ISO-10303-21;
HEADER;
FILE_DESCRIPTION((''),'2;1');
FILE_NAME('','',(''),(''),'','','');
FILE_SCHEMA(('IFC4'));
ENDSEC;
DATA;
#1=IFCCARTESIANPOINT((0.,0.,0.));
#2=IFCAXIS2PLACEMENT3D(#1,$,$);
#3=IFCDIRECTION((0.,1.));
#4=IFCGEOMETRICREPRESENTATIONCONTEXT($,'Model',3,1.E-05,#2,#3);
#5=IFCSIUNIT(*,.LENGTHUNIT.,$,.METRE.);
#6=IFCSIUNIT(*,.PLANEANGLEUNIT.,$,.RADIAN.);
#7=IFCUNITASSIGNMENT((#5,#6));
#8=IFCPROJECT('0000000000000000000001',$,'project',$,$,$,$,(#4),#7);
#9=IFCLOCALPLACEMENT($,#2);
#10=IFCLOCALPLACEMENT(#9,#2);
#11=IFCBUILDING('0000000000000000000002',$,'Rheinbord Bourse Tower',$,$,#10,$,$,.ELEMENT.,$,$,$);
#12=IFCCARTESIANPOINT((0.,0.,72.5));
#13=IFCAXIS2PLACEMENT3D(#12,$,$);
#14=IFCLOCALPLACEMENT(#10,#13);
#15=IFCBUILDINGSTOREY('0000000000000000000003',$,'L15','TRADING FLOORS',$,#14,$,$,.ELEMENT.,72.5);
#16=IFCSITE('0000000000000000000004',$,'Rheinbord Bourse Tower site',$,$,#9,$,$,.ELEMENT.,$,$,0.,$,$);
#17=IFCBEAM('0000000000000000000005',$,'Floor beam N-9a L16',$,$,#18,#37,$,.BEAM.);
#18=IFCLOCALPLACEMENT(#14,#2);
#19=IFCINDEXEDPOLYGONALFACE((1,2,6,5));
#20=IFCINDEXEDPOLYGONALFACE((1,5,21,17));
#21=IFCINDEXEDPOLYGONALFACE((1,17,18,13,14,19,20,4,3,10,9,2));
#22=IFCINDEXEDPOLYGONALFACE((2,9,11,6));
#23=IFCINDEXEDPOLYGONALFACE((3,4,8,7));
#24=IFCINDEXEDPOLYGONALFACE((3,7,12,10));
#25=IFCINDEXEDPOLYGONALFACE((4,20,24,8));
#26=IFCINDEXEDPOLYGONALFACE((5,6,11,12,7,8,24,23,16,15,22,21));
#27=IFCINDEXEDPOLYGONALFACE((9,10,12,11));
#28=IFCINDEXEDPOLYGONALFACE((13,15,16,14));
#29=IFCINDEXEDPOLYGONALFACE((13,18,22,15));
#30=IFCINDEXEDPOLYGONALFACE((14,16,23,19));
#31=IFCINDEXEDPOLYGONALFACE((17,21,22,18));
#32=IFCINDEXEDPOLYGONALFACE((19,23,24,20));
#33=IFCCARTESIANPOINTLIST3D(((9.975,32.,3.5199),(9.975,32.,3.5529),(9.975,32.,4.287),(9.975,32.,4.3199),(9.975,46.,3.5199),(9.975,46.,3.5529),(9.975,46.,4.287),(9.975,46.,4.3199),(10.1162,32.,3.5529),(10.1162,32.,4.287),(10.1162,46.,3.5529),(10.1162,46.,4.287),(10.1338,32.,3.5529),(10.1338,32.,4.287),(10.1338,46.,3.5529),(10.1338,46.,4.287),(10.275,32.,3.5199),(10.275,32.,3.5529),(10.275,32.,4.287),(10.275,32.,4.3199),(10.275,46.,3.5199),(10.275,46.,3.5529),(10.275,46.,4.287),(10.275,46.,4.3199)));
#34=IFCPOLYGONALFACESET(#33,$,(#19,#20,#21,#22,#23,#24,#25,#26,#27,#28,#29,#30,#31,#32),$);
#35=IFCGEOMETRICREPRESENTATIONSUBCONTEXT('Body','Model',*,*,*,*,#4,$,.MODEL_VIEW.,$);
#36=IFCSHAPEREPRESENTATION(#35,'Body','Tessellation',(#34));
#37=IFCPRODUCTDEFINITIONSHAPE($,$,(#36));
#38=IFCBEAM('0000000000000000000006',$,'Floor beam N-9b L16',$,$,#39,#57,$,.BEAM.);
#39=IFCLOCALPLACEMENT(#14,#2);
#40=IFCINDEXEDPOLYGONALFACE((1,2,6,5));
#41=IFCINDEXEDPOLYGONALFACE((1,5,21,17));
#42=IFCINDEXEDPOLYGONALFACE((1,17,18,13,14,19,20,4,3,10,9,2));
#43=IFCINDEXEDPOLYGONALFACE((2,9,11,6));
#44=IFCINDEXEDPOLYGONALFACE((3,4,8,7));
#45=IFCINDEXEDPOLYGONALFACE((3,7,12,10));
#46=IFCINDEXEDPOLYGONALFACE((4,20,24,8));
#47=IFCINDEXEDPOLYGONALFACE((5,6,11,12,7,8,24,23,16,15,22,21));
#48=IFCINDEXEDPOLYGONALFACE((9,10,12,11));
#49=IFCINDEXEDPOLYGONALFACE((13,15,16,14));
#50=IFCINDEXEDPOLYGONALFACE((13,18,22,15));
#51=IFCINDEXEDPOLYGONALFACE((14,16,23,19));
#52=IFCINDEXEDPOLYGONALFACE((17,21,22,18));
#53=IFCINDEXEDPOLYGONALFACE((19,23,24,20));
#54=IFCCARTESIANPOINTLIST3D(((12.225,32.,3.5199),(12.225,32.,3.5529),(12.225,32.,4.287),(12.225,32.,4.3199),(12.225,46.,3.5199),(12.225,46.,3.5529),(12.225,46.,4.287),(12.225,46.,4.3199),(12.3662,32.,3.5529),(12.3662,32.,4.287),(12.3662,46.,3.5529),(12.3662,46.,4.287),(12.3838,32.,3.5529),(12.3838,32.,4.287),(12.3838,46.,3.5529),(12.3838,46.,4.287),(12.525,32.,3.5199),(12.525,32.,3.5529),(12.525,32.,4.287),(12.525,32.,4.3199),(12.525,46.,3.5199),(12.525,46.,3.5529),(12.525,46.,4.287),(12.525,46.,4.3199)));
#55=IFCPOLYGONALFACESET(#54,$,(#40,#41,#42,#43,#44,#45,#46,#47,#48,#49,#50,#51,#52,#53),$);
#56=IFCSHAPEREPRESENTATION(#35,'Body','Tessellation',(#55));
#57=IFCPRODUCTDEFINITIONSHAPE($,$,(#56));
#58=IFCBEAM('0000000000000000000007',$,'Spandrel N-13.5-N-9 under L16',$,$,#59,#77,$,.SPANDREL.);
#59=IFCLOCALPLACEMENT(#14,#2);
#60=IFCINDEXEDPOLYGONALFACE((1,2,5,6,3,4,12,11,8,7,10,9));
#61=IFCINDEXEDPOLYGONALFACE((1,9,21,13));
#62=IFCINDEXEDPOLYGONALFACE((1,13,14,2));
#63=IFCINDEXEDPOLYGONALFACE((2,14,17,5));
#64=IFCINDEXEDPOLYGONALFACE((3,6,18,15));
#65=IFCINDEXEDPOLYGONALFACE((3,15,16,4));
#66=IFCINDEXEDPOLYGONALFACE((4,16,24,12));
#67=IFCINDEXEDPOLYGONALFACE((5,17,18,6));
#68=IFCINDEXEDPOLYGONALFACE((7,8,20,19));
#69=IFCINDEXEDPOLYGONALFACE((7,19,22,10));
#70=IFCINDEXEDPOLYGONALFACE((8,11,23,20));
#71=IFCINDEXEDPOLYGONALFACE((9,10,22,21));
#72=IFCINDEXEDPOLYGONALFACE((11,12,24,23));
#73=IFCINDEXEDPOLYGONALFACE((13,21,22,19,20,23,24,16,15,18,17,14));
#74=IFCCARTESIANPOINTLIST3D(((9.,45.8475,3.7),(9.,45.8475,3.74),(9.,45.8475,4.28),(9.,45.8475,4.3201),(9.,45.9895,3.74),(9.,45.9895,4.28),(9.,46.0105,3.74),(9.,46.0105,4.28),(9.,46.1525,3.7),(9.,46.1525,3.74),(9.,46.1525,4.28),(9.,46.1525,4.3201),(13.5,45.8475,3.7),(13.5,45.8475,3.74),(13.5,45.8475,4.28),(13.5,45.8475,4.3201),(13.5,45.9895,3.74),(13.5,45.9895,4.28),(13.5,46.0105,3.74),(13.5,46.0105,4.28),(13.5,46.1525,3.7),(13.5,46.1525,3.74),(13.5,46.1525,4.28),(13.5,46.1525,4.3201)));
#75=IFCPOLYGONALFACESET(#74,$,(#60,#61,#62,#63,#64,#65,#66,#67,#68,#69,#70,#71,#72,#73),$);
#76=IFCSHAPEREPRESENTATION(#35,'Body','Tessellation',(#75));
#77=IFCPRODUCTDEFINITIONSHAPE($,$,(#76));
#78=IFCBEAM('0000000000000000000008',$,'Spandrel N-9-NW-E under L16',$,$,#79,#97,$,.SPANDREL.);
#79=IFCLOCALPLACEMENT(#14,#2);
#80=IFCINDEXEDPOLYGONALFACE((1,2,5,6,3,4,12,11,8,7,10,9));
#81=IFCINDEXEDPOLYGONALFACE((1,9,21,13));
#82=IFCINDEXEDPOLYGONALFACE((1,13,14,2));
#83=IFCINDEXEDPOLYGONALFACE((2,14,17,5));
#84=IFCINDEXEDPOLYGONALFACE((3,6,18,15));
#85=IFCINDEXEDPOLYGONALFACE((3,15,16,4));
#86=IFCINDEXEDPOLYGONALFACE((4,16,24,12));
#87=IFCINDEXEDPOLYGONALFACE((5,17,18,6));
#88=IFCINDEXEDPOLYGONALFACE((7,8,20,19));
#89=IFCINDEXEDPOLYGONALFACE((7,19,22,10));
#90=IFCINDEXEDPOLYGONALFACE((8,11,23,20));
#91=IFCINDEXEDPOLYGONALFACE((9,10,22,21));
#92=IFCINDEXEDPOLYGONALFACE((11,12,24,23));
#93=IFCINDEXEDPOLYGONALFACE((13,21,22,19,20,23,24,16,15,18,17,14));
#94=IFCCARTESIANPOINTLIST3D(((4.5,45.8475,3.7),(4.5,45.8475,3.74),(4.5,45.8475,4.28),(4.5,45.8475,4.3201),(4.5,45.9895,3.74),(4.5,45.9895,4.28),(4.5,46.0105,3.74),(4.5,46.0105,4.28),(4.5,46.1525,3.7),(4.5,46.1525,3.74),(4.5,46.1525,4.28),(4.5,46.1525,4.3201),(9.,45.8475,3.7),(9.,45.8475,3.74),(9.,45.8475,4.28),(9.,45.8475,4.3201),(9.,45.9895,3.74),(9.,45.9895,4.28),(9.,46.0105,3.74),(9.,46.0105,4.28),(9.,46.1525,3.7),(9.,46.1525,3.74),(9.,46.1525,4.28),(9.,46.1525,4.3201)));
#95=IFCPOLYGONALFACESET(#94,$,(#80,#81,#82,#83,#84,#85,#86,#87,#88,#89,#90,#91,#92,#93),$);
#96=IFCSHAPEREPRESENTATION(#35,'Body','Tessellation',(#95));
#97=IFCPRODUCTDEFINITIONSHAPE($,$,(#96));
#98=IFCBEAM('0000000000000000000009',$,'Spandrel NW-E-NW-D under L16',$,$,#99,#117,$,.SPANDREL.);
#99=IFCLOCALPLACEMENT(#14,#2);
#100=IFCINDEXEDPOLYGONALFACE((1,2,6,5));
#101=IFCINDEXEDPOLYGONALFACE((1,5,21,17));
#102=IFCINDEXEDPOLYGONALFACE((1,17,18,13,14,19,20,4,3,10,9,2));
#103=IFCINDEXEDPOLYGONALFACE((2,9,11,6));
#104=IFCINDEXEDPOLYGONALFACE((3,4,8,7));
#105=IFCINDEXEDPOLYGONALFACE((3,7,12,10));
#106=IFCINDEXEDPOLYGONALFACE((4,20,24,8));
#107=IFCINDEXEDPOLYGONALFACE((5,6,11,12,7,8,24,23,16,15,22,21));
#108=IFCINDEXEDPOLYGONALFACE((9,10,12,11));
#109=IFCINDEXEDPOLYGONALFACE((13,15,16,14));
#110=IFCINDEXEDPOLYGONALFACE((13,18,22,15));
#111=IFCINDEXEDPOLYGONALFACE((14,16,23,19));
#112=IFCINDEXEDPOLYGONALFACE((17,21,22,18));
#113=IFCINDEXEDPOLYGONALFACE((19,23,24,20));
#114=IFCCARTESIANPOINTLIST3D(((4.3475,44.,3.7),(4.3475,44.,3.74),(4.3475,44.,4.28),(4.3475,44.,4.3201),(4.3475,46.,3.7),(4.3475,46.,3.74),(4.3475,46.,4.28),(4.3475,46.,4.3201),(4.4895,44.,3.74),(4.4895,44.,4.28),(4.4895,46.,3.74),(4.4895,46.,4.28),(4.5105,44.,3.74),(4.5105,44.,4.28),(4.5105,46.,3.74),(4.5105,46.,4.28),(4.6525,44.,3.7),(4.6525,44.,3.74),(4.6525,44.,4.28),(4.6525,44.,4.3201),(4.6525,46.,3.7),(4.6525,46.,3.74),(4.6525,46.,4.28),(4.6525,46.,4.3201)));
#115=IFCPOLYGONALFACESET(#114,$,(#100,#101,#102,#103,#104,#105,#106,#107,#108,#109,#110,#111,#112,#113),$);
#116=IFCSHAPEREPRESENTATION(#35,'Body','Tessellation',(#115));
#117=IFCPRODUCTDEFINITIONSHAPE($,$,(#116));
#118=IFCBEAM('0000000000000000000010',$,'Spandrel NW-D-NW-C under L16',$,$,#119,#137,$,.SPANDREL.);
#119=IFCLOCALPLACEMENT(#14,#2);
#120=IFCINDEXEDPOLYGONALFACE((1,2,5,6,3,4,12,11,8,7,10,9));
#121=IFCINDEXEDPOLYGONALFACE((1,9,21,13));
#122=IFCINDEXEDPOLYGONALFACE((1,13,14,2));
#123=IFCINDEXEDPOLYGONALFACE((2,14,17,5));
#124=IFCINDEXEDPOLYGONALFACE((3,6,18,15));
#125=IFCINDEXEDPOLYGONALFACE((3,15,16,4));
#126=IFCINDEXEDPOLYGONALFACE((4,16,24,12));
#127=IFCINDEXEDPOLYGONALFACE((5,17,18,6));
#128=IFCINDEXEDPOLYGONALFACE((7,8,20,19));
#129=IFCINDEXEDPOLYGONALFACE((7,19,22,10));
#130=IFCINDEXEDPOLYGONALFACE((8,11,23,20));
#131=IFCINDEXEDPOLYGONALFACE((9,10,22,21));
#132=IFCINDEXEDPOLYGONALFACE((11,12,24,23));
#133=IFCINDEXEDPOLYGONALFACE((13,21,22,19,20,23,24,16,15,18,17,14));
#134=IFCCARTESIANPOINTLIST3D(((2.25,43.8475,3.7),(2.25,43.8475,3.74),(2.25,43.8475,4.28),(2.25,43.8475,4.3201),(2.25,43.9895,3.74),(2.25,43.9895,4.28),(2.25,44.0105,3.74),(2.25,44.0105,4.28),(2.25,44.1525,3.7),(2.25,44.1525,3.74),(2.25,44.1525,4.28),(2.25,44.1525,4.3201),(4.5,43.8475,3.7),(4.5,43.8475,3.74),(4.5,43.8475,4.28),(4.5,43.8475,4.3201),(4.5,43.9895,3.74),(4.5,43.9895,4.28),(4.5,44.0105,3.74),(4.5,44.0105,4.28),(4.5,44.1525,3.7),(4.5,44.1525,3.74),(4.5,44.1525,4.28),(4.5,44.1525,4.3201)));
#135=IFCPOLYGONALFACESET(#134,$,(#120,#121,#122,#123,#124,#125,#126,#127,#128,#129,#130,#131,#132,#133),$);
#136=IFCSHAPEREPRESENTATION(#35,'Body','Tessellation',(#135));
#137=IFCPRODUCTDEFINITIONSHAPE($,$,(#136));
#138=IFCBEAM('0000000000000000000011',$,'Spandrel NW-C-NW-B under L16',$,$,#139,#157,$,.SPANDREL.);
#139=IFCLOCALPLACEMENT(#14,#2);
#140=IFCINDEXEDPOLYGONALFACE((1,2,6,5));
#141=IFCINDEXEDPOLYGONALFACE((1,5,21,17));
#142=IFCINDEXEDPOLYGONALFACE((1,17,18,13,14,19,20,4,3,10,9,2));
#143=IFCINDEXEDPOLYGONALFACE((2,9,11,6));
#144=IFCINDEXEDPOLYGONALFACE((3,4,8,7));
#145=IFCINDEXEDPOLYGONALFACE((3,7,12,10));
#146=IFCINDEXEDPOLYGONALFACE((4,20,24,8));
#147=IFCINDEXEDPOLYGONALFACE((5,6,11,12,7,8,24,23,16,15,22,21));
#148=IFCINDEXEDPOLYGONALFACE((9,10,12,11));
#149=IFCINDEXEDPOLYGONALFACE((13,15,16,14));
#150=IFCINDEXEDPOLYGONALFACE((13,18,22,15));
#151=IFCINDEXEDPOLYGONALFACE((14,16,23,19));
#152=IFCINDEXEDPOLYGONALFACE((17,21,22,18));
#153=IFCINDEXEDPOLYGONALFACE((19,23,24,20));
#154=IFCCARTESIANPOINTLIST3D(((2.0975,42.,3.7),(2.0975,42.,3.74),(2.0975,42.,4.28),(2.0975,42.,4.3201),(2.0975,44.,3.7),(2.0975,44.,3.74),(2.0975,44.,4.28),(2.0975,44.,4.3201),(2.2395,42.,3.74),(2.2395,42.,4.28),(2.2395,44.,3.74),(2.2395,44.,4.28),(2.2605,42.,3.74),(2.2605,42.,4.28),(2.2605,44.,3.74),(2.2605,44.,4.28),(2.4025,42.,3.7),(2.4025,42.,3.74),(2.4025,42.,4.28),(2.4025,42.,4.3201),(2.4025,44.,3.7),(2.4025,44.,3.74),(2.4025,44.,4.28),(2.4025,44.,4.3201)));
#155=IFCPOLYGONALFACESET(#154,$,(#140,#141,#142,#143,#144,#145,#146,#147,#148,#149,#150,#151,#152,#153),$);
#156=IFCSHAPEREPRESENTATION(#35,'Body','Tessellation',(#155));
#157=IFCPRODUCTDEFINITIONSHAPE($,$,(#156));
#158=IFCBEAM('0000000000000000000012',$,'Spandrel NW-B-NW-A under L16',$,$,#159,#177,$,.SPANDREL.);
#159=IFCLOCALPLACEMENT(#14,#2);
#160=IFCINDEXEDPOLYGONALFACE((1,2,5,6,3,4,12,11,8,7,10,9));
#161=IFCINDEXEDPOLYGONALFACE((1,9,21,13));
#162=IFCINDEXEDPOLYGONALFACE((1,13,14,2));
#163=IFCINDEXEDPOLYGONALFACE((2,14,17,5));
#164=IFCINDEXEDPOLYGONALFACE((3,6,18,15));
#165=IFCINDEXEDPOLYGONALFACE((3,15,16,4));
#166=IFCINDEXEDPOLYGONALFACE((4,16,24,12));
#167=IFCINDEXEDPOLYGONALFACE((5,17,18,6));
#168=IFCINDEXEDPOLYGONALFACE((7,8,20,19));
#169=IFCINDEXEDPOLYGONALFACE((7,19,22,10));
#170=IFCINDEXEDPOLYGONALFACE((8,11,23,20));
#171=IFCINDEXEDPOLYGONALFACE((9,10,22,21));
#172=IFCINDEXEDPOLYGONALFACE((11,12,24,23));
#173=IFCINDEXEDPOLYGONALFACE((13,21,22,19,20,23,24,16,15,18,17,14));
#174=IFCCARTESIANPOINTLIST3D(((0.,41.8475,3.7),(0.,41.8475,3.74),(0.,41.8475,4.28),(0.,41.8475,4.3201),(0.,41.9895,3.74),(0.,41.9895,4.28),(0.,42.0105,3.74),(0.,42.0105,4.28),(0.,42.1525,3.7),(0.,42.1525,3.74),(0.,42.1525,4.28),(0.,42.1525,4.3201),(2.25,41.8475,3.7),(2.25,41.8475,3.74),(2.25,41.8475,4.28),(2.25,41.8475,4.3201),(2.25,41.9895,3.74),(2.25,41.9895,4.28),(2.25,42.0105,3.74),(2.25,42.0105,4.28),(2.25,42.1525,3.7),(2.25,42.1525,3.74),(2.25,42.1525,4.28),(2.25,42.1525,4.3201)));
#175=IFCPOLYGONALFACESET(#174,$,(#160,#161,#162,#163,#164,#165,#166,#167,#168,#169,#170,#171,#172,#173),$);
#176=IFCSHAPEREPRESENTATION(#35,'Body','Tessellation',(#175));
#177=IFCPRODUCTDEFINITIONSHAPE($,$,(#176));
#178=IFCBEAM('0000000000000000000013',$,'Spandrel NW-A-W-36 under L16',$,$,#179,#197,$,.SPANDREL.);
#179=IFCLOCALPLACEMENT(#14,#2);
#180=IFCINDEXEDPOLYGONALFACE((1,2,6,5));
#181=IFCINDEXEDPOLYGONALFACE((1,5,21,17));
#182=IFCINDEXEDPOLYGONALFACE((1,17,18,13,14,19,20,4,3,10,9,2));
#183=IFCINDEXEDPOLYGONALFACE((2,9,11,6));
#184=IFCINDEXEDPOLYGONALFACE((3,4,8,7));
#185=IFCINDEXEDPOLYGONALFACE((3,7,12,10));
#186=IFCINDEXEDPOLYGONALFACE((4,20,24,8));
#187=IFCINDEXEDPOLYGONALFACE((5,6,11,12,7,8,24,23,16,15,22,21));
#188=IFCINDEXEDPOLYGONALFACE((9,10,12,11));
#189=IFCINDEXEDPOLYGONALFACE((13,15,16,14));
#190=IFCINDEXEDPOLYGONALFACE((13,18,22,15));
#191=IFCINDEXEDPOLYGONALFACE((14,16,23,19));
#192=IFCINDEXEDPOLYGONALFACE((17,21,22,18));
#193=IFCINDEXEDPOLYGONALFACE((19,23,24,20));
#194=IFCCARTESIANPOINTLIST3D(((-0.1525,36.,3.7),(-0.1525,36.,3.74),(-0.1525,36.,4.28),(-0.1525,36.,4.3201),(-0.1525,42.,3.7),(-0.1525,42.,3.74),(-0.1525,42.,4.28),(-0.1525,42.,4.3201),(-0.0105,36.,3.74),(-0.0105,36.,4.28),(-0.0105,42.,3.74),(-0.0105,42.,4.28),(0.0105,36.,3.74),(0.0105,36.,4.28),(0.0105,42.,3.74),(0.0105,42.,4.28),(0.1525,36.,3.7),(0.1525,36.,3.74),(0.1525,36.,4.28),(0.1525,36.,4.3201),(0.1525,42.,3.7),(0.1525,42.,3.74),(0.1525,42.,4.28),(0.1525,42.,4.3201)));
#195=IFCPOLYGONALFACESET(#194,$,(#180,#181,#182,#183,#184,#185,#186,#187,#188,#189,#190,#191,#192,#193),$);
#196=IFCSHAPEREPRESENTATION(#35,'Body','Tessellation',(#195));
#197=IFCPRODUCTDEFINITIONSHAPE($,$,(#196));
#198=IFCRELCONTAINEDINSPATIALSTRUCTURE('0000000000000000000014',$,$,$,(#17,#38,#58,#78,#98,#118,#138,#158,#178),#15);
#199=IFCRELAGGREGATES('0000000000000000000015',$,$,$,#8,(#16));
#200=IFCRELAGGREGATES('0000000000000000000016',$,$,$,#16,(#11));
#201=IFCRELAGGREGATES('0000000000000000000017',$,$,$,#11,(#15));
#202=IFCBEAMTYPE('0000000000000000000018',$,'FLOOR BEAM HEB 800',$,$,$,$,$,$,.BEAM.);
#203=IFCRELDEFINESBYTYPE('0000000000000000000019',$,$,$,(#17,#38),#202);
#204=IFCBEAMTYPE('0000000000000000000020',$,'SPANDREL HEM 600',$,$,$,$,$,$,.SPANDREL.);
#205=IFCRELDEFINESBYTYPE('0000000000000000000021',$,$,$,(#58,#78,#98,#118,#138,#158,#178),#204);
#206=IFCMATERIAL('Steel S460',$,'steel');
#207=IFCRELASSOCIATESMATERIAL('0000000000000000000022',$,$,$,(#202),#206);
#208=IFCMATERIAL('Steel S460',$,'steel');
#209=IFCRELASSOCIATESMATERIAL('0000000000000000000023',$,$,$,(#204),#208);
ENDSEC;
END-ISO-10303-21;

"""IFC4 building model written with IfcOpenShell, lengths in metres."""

from ifc_helpers import new_model, si_unit, direction, frame, origin, origin_2d, place, context, subcontext, project, spatial, i_section, extrude, material, material_profile, profile_set, type_object, element, save


model = new_model("IFC4")

# Units and contexts
model_context = context("Model", 3, precision=1e-05, world=origin(), true_north=direction((0.0, 1.0)))
body_context = subcontext(model_context, "Body", "Model", "MODEL_VIEW")
ifc_project = project(units=[si_unit("LENGTHUNIT", "METRE"), si_unit("PLANEANGLEUNIT", "RADIAN")], contexts=[model_context])

# Site, building, storey
site_placement = place(None, origin())
site = spatial("IfcSite", under=ifc_project, at=site_placement, Name="Rheinbord Bourse Tower site", CompositionType="ELEMENT", RefElevation=0.0)
building_placement = place(site_placement, origin())
building = spatial("IfcBuilding", under=site, at=building_placement, Name="Rheinbord Bourse Tower", CompositionType="ELEMENT")
storey_placement = place(building_placement, frame((0.0, 0.0, 72.5)))
storey = spatial("IfcBuildingStorey", under=building, at=storey_placement, Name="L15", Description="TRADING FLOORS", CompositionType="ELEMENT", Elevation=72.5)

# Beams
ifc_material_1 = material(Name="Steel S460", Category="steel")
ifc_material_profile_1 = material_profile(ifc_material_1, i_section(OverallWidth=0.3, OverallDepth=0.8, WebThickness=0.0176, FlangeThickness=0.033, at=origin_2d()), Name="HEB 800")
ifc_profile_set_1 = profile_set([ifc_material_profile_1], Name="Steel S460")
beam_type_1 = type_object("IfcBeamType", Name="FLOOR BEAM HEB 800", PredefinedType="BEAM", material=ifc_profile_set_1)
for number, where, z_axis, x_axis, name in (
    (1, (10.125, 46.0, 3.9199), (0.0, -1.0, 0.0), (1.0, 0.0, 0.0), "Floor beam N-9a L16"),
    (2, (12.375, 46.0, 3.9199), (0.0, -1.0, 0.0), (1.0, 0.0, 0.0), "Floor beam N-9b L16"),
):
    element("IfcBeam", number, at=place(storey_placement, frame(where, z_axis=z_axis, x_axis=x_axis)), inside=storey, type_object=beam_type_1, Name=name, PredefinedType="BEAM", context=body_context, shape_type="SweptSolid", body=[
        extrude(i_section(OverallWidth=0.3, OverallDepth=0.8, WebThickness=0.0176, FlangeThickness=0.033, at=origin_2d()), origin(), (0.0, 0.0, 1.0), 14.0),
    ])
ifc_material_2 = material(Name="Steel S460", Category="steel")
ifc_material_profile_2 = material_profile(ifc_material_2, i_section(OverallWidth=0.3049, OverallDepth=0.6201, WebThickness=0.021, FlangeThickness=0.04, at=origin_2d()), Name="HEM 600")
ifc_profile_set_2 = profile_set([ifc_material_profile_2], Name="Steel S460")
beam_type_2 = type_object("IfcBeamType", Name="SPANDREL HEM 600", PredefinedType="SPANDREL", material=ifc_profile_set_2)
for number, where, z_axis, x_axis, name in (
    (3, (13.5, 46.0, 4.01), (-1.0, 0.0, 0.0), (0.0, -1.0, 0.0), "Spandrel N-13.5-N-9 under L16"),
    (4, (9.0, 46.0, 4.01), (-1.0, 0.0, 0.0), (0.0, -1.0, 0.0), "Spandrel N-9-NW-E under L16"),
):
    element("IfcBeam", number, at=place(storey_placement, frame(where, z_axis=z_axis, x_axis=x_axis)), inside=storey, type_object=beam_type_2, Name=name, PredefinedType="SPANDREL", context=body_context, shape_type="SweptSolid", body=[
        extrude(i_section(OverallWidth=0.3049, OverallDepth=0.6201, WebThickness=0.021, FlangeThickness=0.04, at=origin_2d()), origin(), (0.0, 0.0, 1.0), 4.5),
    ])
beam_1_placement = place(storey_placement, frame((4.5, 46.0, 4.01), z_axis=(0.0, -1.0, 0.0), x_axis=(1.0, 0.0, 0.0)))
element("IfcBeam", 5, at=beam_1_placement, inside=storey, type_object=beam_type_2, Name="Spandrel NW-E-NW-D under L16", PredefinedType="SPANDREL", context=body_context, shape_type="SweptSolid", body=[
    extrude(i_section(OverallWidth=0.3049, OverallDepth=0.6201, WebThickness=0.021, FlangeThickness=0.04, at=origin_2d()), origin(), (0.0, 0.0, 1.0), 2.0),
])
beam_2_placement = place(storey_placement, frame((4.5, 44.0, 4.01), z_axis=(-1.0, 0.0, 0.0), x_axis=(0.0, -1.0, 0.0)))
element("IfcBeam", 6, at=beam_2_placement, inside=storey, type_object=beam_type_2, Name="Spandrel NW-D-NW-C under L16", PredefinedType="SPANDREL", context=body_context, shape_type="SweptSolid", body=[
    extrude(i_section(OverallWidth=0.3049, OverallDepth=0.6201, WebThickness=0.021, FlangeThickness=0.04, at=origin_2d()), origin(), (0.0, 0.0, 1.0), 2.25),
])
beam_3_placement = place(storey_placement, frame((2.25, 44.0, 4.01), z_axis=(0.0, -1.0, 0.0), x_axis=(1.0, 0.0, 0.0)))
element("IfcBeam", 7, at=beam_3_placement, inside=storey, type_object=beam_type_2, Name="Spandrel NW-C-NW-B under L16", PredefinedType="SPANDREL", context=body_context, shape_type="SweptSolid", body=[
    extrude(i_section(OverallWidth=0.3049, OverallDepth=0.6201, WebThickness=0.021, FlangeThickness=0.04, at=origin_2d()), origin(), (0.0, 0.0, 1.0), 2.0),
])
beam_4_placement = place(storey_placement, frame((2.25, 42.0, 4.01), z_axis=(-1.0, 0.0, 0.0), x_axis=(0.0, -1.0, 0.0)))
element("IfcBeam", 8, at=beam_4_placement, inside=storey, type_object=beam_type_2, Name="Spandrel NW-B-NW-A under L16", PredefinedType="SPANDREL", context=body_context, shape_type="SweptSolid", body=[
    extrude(i_section(OverallWidth=0.3049, OverallDepth=0.6201, WebThickness=0.021, FlangeThickness=0.04, at=origin_2d()), origin(), (0.0, 0.0, 1.0), 2.25),
])
beam_5_placement = place(storey_placement, frame((0.0, 42.0, 4.01), z_axis=(0.0, -1.0, 0.0), x_axis=(1.0, 0.0, 0.0)))
element("IfcBeam", 9, at=beam_5_placement, inside=storey, type_object=beam_type_2, Name="Spandrel NW-A-W-36 under L16", PredefinedType="SPANDREL", context=body_context, shape_type="SweptSolid", body=[
    extrude(i_section(OverallWidth=0.3049, OverallDepth=0.6201, WebThickness=0.021, FlangeThickness=0.04, at=origin_2d()), origin(), (0.0, 0.0, 1.0), 6.0),
])

save(model, "model.ifc")
